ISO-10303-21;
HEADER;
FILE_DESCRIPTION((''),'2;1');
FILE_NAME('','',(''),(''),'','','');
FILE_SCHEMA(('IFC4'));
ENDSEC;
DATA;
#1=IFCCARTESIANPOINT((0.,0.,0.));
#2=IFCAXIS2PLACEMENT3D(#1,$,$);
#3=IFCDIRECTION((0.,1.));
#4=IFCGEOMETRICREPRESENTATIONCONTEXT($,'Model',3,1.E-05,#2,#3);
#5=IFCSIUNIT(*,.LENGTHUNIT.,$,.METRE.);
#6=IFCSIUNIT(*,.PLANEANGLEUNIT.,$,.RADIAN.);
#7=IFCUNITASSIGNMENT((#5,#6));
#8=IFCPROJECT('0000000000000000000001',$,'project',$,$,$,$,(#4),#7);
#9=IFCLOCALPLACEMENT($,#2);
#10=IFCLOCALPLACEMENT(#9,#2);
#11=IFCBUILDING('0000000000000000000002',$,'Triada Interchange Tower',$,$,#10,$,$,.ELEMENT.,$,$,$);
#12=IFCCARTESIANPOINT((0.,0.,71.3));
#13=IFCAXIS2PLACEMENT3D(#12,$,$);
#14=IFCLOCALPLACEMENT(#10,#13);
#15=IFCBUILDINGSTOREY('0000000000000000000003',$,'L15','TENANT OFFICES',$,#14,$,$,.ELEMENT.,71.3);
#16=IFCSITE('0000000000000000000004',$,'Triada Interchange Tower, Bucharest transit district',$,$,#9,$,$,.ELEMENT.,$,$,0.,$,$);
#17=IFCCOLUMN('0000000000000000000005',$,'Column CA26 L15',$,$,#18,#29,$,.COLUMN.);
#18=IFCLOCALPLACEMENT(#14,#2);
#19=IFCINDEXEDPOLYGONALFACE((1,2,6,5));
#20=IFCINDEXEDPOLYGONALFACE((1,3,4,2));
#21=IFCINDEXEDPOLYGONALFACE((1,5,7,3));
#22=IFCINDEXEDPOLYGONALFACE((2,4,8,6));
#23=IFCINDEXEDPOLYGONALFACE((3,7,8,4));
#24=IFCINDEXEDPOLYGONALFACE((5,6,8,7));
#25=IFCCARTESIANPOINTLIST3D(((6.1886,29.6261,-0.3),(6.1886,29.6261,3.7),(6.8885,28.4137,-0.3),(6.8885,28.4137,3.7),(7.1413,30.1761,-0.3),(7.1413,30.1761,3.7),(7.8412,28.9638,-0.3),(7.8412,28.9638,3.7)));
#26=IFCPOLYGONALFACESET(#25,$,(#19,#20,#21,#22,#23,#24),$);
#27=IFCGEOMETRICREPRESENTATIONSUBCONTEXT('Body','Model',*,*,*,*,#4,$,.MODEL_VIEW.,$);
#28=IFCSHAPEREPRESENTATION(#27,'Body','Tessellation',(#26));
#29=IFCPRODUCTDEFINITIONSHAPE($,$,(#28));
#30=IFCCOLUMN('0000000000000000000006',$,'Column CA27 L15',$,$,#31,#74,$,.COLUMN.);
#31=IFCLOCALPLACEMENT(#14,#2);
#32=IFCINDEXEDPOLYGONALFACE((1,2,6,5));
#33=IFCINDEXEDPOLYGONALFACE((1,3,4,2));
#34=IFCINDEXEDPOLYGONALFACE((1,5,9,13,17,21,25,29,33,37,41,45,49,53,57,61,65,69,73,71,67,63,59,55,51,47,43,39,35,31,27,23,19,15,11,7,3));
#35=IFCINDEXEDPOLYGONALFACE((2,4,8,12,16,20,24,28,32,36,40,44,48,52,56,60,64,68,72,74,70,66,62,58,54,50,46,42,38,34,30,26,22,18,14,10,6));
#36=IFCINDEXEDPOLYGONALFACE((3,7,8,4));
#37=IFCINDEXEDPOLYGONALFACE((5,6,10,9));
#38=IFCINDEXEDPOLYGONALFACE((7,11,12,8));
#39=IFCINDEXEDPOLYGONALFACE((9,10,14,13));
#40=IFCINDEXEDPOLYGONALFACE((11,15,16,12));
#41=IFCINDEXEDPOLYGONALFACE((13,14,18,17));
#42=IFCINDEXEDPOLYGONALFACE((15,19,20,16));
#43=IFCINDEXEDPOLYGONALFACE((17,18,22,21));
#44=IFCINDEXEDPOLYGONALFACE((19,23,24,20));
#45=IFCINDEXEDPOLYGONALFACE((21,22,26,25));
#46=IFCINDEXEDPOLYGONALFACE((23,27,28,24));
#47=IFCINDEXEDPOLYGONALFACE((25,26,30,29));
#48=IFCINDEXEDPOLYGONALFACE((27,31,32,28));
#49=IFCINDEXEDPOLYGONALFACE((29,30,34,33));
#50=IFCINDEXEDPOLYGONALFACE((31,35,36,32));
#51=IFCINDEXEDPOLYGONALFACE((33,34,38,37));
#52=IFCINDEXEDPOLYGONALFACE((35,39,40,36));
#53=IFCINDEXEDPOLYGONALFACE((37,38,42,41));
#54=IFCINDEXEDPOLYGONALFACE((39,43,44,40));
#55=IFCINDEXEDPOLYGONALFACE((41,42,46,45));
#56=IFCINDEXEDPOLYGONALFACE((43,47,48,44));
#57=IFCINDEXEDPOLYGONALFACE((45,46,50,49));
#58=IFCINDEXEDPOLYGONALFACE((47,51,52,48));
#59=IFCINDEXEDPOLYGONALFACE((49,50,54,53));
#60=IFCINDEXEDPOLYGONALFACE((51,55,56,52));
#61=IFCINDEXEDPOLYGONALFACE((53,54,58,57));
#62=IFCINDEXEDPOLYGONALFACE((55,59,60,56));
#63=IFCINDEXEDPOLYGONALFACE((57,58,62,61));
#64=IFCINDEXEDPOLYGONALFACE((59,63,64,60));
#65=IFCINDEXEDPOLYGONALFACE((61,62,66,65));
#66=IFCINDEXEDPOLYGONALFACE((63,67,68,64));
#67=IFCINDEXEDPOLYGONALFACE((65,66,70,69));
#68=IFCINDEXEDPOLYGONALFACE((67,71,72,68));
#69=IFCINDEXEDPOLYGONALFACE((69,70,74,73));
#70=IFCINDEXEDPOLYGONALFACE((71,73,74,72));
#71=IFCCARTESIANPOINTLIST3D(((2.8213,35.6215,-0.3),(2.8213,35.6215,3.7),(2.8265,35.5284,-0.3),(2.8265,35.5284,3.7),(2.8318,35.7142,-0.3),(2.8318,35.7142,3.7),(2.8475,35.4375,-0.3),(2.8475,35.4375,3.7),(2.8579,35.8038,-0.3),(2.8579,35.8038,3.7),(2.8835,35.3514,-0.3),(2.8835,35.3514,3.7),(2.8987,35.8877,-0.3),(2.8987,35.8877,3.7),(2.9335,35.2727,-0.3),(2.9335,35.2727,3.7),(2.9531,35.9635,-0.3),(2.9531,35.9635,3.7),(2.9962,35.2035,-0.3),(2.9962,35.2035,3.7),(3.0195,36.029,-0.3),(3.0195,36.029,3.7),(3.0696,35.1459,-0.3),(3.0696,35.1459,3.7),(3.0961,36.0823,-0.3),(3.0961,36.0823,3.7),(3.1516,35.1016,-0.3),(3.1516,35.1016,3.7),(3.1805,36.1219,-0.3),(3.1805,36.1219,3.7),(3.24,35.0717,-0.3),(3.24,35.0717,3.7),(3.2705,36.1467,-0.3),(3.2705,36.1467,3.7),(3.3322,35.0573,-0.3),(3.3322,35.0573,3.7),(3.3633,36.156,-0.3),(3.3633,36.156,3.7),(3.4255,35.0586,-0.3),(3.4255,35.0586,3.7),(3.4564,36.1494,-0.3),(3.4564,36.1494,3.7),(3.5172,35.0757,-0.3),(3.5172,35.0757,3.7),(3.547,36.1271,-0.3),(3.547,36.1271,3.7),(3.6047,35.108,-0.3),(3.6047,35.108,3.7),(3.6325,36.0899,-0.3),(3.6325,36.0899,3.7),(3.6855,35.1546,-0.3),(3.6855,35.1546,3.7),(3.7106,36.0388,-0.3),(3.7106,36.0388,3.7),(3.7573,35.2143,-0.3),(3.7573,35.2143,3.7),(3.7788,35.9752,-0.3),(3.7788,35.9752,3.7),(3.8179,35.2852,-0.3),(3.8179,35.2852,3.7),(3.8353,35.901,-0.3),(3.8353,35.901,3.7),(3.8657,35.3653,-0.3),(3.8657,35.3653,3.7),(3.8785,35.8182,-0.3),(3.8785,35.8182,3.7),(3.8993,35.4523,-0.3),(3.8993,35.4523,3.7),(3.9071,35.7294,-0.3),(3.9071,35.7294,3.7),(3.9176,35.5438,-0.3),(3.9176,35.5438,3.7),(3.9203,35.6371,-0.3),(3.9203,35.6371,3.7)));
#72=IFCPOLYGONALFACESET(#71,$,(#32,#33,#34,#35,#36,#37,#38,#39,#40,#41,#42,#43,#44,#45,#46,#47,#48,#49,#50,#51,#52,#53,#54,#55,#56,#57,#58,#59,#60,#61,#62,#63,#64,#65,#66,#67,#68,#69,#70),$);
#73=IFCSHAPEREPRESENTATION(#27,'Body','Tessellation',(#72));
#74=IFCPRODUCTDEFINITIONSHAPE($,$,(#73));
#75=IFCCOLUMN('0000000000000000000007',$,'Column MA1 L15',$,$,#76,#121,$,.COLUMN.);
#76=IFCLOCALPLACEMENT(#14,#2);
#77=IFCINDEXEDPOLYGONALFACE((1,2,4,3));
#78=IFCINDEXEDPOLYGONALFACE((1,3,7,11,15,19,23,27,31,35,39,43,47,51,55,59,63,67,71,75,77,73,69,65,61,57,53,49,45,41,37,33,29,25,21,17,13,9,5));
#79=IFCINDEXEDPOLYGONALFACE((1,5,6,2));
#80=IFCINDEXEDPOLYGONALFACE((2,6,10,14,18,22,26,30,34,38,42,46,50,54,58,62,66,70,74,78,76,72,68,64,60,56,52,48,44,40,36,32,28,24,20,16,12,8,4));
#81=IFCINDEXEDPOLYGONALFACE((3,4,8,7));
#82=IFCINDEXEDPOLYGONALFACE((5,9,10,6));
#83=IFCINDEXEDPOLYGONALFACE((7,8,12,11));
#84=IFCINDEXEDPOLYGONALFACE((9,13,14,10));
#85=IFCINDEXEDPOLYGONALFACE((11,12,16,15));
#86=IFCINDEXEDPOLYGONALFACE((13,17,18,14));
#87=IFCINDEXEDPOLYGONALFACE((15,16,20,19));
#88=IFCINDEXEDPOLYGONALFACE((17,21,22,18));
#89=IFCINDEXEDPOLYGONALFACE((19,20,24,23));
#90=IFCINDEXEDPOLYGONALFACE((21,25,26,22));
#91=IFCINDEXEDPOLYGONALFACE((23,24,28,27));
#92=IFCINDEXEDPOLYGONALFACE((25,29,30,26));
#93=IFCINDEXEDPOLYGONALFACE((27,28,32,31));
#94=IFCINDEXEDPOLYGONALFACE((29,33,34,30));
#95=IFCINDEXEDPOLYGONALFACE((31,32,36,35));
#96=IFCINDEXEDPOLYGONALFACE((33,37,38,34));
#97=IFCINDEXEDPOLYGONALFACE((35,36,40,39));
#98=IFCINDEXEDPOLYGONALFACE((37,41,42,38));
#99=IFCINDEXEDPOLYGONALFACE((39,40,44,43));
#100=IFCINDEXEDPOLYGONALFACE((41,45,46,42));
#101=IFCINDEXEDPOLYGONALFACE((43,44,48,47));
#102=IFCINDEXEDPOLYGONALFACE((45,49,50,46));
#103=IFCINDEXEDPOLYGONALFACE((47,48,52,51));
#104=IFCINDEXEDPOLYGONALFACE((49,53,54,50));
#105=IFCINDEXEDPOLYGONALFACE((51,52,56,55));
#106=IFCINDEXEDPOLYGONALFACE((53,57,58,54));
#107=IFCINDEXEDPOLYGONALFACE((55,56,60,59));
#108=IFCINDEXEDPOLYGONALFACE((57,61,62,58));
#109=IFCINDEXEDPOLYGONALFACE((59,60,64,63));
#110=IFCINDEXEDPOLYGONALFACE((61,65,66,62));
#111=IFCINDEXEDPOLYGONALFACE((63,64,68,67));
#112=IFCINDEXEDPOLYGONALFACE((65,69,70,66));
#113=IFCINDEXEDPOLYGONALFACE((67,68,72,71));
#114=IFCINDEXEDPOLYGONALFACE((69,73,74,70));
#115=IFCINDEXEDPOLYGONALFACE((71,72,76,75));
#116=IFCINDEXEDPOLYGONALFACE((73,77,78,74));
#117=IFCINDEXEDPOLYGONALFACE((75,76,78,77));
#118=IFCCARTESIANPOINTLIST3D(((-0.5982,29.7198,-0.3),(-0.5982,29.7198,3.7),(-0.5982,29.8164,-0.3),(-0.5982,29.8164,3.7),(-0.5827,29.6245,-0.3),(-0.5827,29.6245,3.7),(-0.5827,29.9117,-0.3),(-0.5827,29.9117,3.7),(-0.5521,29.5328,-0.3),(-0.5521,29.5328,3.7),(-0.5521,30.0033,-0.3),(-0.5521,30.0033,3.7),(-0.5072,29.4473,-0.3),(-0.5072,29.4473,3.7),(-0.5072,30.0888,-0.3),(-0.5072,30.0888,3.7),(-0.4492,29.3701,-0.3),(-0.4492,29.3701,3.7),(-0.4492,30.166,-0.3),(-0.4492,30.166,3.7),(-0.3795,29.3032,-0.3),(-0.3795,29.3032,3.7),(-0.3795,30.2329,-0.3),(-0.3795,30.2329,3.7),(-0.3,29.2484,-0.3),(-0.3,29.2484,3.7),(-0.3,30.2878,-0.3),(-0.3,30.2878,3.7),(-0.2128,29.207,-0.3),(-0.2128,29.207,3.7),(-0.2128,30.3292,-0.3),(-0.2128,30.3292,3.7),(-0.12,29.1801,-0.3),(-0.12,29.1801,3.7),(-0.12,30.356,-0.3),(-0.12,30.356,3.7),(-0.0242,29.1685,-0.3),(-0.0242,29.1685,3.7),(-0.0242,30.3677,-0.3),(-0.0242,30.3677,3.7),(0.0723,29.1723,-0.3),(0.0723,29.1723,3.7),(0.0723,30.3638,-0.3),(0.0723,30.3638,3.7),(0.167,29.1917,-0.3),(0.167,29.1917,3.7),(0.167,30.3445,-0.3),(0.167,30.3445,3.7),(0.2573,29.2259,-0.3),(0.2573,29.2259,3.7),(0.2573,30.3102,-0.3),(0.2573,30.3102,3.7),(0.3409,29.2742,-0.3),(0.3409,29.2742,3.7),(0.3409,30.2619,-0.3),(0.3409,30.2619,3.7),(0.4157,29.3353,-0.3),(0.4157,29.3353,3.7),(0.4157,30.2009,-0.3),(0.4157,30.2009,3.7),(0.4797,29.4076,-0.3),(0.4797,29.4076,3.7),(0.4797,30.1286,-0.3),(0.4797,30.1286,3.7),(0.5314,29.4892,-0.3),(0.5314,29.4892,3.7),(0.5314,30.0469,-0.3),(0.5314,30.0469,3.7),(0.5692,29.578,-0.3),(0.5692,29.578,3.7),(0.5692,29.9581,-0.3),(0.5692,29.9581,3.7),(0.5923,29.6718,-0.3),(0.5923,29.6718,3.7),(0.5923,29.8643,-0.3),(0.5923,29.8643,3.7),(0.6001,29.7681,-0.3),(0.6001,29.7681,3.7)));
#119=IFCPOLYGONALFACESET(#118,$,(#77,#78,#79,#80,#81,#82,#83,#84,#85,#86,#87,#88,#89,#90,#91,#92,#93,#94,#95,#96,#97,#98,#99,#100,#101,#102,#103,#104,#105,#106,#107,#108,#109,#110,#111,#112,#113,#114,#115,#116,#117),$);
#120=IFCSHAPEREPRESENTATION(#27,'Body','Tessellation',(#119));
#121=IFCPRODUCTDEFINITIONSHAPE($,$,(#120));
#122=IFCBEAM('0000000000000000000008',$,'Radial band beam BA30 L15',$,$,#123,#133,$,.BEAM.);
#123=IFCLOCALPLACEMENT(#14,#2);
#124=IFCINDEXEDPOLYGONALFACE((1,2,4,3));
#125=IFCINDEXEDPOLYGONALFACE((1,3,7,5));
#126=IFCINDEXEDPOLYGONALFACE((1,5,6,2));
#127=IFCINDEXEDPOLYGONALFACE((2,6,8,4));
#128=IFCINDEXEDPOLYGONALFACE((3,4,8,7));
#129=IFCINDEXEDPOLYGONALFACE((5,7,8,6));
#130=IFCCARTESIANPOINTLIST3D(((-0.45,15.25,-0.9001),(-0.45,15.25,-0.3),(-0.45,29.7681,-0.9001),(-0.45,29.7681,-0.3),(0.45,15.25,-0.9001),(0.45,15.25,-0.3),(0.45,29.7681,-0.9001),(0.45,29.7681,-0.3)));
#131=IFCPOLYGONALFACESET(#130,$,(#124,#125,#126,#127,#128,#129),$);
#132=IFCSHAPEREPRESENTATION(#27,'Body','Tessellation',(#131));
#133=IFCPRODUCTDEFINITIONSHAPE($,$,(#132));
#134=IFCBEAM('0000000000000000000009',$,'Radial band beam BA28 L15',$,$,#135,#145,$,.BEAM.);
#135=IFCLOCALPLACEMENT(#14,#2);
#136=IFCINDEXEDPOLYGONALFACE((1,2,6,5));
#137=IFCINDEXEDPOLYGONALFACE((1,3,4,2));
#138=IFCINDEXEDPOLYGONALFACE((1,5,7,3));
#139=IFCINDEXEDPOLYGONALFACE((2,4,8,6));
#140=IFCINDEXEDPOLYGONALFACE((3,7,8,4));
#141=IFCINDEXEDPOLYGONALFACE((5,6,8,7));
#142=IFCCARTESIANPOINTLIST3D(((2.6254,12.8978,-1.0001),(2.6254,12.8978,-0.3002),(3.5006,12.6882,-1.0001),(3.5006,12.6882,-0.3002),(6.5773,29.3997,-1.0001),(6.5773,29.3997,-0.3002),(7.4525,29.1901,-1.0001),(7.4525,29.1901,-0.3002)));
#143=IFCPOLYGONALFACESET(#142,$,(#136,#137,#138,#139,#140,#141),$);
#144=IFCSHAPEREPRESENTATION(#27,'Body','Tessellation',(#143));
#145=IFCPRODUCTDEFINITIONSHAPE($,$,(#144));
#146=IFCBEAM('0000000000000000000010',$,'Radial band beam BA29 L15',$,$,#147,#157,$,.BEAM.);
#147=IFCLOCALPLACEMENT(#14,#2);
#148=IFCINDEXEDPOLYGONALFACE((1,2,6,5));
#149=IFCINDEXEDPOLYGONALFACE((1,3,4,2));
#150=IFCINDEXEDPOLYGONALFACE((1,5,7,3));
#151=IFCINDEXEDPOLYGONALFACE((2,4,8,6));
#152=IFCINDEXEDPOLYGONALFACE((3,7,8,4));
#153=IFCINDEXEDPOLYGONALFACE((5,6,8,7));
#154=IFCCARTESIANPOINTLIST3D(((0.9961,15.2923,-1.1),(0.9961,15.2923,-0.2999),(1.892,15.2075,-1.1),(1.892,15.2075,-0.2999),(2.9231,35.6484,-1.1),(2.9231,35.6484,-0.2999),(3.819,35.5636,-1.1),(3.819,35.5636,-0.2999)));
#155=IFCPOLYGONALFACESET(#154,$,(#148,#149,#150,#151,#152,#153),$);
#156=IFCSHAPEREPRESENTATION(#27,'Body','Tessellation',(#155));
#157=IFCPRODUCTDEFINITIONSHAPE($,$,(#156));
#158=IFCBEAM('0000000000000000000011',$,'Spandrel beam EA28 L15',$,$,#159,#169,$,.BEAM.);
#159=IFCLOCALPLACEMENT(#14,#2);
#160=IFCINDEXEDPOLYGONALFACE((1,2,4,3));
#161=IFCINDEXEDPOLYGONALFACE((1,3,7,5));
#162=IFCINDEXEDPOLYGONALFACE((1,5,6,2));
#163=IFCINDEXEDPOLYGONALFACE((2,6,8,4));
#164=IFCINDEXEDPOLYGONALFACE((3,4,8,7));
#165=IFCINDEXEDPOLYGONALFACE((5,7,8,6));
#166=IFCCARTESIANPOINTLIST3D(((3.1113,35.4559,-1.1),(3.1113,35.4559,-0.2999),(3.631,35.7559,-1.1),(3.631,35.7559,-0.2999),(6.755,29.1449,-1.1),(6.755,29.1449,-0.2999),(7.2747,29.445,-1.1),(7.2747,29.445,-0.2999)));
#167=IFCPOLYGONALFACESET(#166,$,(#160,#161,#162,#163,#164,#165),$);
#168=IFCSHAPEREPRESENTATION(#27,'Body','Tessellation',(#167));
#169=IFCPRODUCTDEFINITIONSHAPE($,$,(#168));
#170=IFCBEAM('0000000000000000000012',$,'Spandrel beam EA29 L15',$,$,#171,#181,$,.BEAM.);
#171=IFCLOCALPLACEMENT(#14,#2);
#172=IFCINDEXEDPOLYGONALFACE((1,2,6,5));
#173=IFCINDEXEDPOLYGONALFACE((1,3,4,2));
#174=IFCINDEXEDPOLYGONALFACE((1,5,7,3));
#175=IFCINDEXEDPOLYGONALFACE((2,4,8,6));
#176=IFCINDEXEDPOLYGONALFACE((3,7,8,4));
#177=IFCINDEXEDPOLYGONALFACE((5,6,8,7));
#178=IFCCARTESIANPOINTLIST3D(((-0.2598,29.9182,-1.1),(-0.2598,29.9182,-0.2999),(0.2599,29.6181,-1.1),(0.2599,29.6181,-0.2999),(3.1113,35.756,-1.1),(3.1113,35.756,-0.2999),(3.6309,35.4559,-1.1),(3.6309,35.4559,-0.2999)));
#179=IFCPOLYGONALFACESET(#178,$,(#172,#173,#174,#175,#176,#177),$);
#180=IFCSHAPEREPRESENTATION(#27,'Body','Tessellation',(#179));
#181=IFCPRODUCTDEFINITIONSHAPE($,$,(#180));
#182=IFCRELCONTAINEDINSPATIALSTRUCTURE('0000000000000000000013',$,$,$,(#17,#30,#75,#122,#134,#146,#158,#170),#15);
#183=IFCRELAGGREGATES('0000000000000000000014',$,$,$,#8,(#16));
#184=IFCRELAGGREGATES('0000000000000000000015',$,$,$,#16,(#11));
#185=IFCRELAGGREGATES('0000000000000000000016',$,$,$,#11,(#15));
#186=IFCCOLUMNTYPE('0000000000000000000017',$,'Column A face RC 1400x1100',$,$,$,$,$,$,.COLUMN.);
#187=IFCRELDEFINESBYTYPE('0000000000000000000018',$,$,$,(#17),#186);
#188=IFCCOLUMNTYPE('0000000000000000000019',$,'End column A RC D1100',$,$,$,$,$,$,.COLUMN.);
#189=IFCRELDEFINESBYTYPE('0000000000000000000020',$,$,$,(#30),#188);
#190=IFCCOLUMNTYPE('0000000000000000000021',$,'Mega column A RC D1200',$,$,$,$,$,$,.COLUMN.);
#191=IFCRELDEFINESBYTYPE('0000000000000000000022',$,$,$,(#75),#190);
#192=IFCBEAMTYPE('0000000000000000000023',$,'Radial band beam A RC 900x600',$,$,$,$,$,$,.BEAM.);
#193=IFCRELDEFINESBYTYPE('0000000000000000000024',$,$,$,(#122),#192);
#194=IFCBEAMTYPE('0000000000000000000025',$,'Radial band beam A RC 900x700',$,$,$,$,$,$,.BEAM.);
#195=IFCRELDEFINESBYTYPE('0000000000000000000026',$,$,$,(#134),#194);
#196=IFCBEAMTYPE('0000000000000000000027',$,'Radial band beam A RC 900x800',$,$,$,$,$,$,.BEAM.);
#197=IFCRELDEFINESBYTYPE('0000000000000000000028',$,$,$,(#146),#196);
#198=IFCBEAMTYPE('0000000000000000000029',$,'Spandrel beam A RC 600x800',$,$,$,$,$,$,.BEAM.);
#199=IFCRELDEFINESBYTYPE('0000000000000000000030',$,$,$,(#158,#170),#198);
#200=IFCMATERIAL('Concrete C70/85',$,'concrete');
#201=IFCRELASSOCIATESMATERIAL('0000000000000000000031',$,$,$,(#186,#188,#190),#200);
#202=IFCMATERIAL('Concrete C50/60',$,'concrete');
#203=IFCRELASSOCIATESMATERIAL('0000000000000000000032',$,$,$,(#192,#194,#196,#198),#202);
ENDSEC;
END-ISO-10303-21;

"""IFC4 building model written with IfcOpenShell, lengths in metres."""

from ifc_helpers import new_model, si_unit, direction, frame, origin, origin_2d, place, context, subcontext, project, spatial, rectangle, circle, extrude, material, material_profile, profile_set, type_object, element, save


model = new_model("IFC4")

# Units and contexts
model_context = context("Model", 3, precision=1e-05, world=origin(), true_north=direction((0.0, 1.0)))
body_context = subcontext(model_context, "Body", "Model", "MODEL_VIEW")
ifc_project = project(units=[si_unit("LENGTHUNIT", "METRE"), si_unit("PLANEANGLEUNIT", "RADIAN")], contexts=[model_context])

# Site, building, storey
site_placement = place(None, origin())
site = spatial("IfcSite", under=ifc_project, at=site_placement, Name="Triada Interchange Tower, Bucharest transit district", CompositionType="ELEMENT", RefElevation=0.0)
building_placement = place(site_placement, origin())
building = spatial("IfcBuilding", under=site, at=building_placement, Name="Triada Interchange Tower", CompositionType="ELEMENT")
storey_placement = place(building_placement, frame((0.0, 0.0, 71.3)))
storey = spatial("IfcBuildingStorey", under=building, at=storey_placement, Name="L15", Description="TENANT OFFICES", CompositionType="ELEMENT", Elevation=71.3)

# Columns
ifc_material_1 = material(Name="Concrete C70/85", Category="concrete")
ifc_material_profile_1 = material_profile(ifc_material_1, rectangle(XDim=1.3999, YDim=1.1001, at=origin_2d()), Name="RC 1400x1100")
ifc_profile_set_1 = profile_set([ifc_material_profile_1], Name="Concrete C70/85")
column_type_1 = type_object("IfcColumnType", Name="Column A face RC 1400x1100", PredefinedType="COLUMN", material=ifc_profile_set_1)
column_1_placement = place(storey_placement, frame((7.0149, 29.2949, -0.3), z_axis=(0.0, 0.0, 1.0), x_axis=(-0.5, 0.866025, 0.0)))
element("IfcColumn", 1, at=column_1_placement, inside=storey, type_object=column_type_1, Name="Column CA26 L15", PredefinedType="COLUMN", context=body_context, shape_type="SweptSolid", body=[
    extrude(rectangle(XDim=1.3999, YDim=1.1001, at=origin_2d()), origin(), (0.0, 0.0, 1.0), 4.0),
])
ifc_material_profile_2 = material_profile(ifc_material_1, circle(Radius=0.55, at=origin_2d()), Name="RC D1100")
ifc_profile_set_2 = profile_set([ifc_material_profile_2], Name="Concrete C70/85")
column_type_2 = type_object("IfcColumnType", Name="End column A RC D1100", PredefinedType="COLUMN", material=ifc_profile_set_2)
column_2_placement = place(storey_placement, frame((3.3711, 35.606, -0.3), z_axis=(0.0, 0.0, 1.0), x_axis=(-0.5, 0.866025, 0.0)))
element("IfcColumn", 2, at=column_2_placement, inside=storey, type_object=column_type_2, Name="Column CA27 L15", PredefinedType="COLUMN", context=body_context, shape_type="SweptSolid", body=[
    extrude(circle(Radius=0.55, at=origin_2d()), origin(), (0.0, 0.0, 1.0), 4.0),
])
ifc_material_profile_3 = material_profile(ifc_material_1, circle(Radius=0.6001, at=origin_2d()), Name="RC D1200")
ifc_profile_set_3 = profile_set([ifc_material_profile_3], Name="Concrete C70/85")
column_type_3 = type_object("IfcColumnType", Name="Mega column A RC D1200", PredefinedType="COLUMN", material=ifc_profile_set_3)
column_3_placement = place(storey_placement, frame((0.0, 29.7681, -0.3), z_axis=(0.0, 0.0, 1.0), x_axis=(1.0, 0.0, 0.0)))
element("IfcColumn", 3, at=column_3_placement, inside=storey, type_object=column_type_3, Name="Column MA1 L15", PredefinedType="COLUMN", context=body_context, shape_type="SweptSolid", body=[
    extrude(circle(Radius=0.6001, at=origin_2d()), origin(), (0.0, 0.0, 1.0), 4.0),
])

# Beams
ifc_material_2 = material(Name="Concrete C50/60", Category="concrete")
ifc_material_profile_4 = material_profile(ifc_material_2, rectangle(XDim=0.8999, YDim=0.6001, at=origin_2d()), Name="RC 900x600")
ifc_profile_set_4 = profile_set([ifc_material_profile_4], Name="Concrete C50/60")
beam_type_1 = type_object("IfcBeamType", Name="Radial band beam A RC 900x600", PredefinedType="BEAM", material=ifc_profile_set_4)
beam_1_placement = place(storey_placement, frame((0.0, 29.7681, -0.6001), z_axis=(0.0, -1.0, 0.0), x_axis=(1.0, 0.0, 0.0)))
element("IfcBeam", 4, at=beam_1_placement, inside=storey, type_object=beam_type_1, Name="Radial band beam BA30 L15", PredefinedType="BEAM", context=body_context, shape_type="SweptSolid", body=[
    extrude(rectangle(XDim=0.8999, YDim=0.6001, at=origin_2d()), origin(), (0.0, 0.0, 1.0), 14.5181),
])
ifc_material_profile_5 = material_profile(ifc_material_2, rectangle(XDim=0.8999, YDim=0.7, at=origin_2d()), Name="RC 900x700")
ifc_profile_set_5 = profile_set([ifc_material_profile_5], Name="Concrete C50/60")
beam_type_2 = type_object("IfcBeamType", Name="Radial band beam A RC 900x700", PredefinedType="BEAM", material=ifc_profile_set_5)
beam_2_placement = place(storey_placement, frame((7.0149, 29.2949, -0.6501), z_axis=(-0.232896, -0.972502, 0.0), x_axis=(0.972502, -0.232896, 0.0)))
element("IfcBeam", 5, at=beam_2_placement, inside=storey, type_object=beam_type_2, Name="Radial band beam BA28 L15", PredefinedType="BEAM", context=body_context, shape_type="SweptSolid", body=[
    extrude(rectangle(XDim=0.8999, YDim=0.7, at=origin_2d()), origin(), (0.0, 0.0, 1.0), 16.9685),
])
ifc_material_profile_6 = material_profile(ifc_material_2, rectangle(XDim=0.8999, YDim=0.8, at=origin_2d()), Name="RC 900x800")
ifc_profile_set_6 = profile_set([ifc_material_profile_6], Name="Concrete C50/60")
beam_type_3 = type_object("IfcBeamType", Name="Radial band beam A RC 900x800", PredefinedType="BEAM", material=ifc_profile_set_6)
beam_3_placement = place(storey_placement, frame((3.3711, 35.606, -0.7), z_axis=(-0.094244, -0.995549, 0.0), x_axis=(0.995549, -0.094244, 0.0)))
element("IfcBeam", 6, at=beam_3_placement, inside=storey, type_object=beam_type_3, Name="Radial band beam BA29 L15", PredefinedType="BEAM", context=body_context, shape_type="SweptSolid", body=[
    extrude(rectangle(XDim=0.8999, YDim=0.8, at=origin_2d()), origin(), (0.0, 0.0, 1.0), 20.447),
])
ifc_material_profile_7 = material_profile(ifc_material_2, rectangle(XDim=0.6001, YDim=0.8, at=origin_2d()), Name="RC 600x800")
ifc_profile_set_7 = profile_set([ifc_material_profile_7], Name="Concrete C50/60")
beam_type_4 = type_object("IfcBeamType", Name="Spandrel beam A RC 600x800", PredefinedType="BEAM", material=ifc_profile_set_7)
beam_4_placement = place(storey_placement, frame((7.0149, 29.2949, -0.7), z_axis=(-0.500012, 0.866018, 0.0), x_axis=(-0.866018, -0.500012, 0.0)))
element("IfcBeam", 7, at=beam_4_placement, inside=storey, type_object=beam_type_4, Name="Spandrel beam EA28 L15", PredefinedType="BEAM", context=body_context, shape_type="SweptSolid", body=[
    extrude(rectangle(XDim=0.6001, YDim=0.8, at=origin_2d()), origin(), (0.0, 0.0, 1.0), 7.2874),
])
for number, where, z_axis, x_axis, name in (
    (8, (3.3711, 35.606, -0.7), (-0.500065, -0.865988, 0.0), (0.865988, -0.500065, 0.0), "Spandrel beam EA29 L15"),
):
    element("IfcBeam", number, at=place(storey_placement, frame(where, z_axis=z_axis, x_axis=x_axis)), inside=storey, type_object=beam_type_4, Name=name, PredefinedType="BEAM", context=body_context, shape_type="SweptSolid", body=[
        extrude(rectangle(XDim=0.6001, YDim=0.8, at=origin_2d()), origin(), (0.0, 0.0, 1.0), 6.7412),
    ])

save(model, "model.ifc")
